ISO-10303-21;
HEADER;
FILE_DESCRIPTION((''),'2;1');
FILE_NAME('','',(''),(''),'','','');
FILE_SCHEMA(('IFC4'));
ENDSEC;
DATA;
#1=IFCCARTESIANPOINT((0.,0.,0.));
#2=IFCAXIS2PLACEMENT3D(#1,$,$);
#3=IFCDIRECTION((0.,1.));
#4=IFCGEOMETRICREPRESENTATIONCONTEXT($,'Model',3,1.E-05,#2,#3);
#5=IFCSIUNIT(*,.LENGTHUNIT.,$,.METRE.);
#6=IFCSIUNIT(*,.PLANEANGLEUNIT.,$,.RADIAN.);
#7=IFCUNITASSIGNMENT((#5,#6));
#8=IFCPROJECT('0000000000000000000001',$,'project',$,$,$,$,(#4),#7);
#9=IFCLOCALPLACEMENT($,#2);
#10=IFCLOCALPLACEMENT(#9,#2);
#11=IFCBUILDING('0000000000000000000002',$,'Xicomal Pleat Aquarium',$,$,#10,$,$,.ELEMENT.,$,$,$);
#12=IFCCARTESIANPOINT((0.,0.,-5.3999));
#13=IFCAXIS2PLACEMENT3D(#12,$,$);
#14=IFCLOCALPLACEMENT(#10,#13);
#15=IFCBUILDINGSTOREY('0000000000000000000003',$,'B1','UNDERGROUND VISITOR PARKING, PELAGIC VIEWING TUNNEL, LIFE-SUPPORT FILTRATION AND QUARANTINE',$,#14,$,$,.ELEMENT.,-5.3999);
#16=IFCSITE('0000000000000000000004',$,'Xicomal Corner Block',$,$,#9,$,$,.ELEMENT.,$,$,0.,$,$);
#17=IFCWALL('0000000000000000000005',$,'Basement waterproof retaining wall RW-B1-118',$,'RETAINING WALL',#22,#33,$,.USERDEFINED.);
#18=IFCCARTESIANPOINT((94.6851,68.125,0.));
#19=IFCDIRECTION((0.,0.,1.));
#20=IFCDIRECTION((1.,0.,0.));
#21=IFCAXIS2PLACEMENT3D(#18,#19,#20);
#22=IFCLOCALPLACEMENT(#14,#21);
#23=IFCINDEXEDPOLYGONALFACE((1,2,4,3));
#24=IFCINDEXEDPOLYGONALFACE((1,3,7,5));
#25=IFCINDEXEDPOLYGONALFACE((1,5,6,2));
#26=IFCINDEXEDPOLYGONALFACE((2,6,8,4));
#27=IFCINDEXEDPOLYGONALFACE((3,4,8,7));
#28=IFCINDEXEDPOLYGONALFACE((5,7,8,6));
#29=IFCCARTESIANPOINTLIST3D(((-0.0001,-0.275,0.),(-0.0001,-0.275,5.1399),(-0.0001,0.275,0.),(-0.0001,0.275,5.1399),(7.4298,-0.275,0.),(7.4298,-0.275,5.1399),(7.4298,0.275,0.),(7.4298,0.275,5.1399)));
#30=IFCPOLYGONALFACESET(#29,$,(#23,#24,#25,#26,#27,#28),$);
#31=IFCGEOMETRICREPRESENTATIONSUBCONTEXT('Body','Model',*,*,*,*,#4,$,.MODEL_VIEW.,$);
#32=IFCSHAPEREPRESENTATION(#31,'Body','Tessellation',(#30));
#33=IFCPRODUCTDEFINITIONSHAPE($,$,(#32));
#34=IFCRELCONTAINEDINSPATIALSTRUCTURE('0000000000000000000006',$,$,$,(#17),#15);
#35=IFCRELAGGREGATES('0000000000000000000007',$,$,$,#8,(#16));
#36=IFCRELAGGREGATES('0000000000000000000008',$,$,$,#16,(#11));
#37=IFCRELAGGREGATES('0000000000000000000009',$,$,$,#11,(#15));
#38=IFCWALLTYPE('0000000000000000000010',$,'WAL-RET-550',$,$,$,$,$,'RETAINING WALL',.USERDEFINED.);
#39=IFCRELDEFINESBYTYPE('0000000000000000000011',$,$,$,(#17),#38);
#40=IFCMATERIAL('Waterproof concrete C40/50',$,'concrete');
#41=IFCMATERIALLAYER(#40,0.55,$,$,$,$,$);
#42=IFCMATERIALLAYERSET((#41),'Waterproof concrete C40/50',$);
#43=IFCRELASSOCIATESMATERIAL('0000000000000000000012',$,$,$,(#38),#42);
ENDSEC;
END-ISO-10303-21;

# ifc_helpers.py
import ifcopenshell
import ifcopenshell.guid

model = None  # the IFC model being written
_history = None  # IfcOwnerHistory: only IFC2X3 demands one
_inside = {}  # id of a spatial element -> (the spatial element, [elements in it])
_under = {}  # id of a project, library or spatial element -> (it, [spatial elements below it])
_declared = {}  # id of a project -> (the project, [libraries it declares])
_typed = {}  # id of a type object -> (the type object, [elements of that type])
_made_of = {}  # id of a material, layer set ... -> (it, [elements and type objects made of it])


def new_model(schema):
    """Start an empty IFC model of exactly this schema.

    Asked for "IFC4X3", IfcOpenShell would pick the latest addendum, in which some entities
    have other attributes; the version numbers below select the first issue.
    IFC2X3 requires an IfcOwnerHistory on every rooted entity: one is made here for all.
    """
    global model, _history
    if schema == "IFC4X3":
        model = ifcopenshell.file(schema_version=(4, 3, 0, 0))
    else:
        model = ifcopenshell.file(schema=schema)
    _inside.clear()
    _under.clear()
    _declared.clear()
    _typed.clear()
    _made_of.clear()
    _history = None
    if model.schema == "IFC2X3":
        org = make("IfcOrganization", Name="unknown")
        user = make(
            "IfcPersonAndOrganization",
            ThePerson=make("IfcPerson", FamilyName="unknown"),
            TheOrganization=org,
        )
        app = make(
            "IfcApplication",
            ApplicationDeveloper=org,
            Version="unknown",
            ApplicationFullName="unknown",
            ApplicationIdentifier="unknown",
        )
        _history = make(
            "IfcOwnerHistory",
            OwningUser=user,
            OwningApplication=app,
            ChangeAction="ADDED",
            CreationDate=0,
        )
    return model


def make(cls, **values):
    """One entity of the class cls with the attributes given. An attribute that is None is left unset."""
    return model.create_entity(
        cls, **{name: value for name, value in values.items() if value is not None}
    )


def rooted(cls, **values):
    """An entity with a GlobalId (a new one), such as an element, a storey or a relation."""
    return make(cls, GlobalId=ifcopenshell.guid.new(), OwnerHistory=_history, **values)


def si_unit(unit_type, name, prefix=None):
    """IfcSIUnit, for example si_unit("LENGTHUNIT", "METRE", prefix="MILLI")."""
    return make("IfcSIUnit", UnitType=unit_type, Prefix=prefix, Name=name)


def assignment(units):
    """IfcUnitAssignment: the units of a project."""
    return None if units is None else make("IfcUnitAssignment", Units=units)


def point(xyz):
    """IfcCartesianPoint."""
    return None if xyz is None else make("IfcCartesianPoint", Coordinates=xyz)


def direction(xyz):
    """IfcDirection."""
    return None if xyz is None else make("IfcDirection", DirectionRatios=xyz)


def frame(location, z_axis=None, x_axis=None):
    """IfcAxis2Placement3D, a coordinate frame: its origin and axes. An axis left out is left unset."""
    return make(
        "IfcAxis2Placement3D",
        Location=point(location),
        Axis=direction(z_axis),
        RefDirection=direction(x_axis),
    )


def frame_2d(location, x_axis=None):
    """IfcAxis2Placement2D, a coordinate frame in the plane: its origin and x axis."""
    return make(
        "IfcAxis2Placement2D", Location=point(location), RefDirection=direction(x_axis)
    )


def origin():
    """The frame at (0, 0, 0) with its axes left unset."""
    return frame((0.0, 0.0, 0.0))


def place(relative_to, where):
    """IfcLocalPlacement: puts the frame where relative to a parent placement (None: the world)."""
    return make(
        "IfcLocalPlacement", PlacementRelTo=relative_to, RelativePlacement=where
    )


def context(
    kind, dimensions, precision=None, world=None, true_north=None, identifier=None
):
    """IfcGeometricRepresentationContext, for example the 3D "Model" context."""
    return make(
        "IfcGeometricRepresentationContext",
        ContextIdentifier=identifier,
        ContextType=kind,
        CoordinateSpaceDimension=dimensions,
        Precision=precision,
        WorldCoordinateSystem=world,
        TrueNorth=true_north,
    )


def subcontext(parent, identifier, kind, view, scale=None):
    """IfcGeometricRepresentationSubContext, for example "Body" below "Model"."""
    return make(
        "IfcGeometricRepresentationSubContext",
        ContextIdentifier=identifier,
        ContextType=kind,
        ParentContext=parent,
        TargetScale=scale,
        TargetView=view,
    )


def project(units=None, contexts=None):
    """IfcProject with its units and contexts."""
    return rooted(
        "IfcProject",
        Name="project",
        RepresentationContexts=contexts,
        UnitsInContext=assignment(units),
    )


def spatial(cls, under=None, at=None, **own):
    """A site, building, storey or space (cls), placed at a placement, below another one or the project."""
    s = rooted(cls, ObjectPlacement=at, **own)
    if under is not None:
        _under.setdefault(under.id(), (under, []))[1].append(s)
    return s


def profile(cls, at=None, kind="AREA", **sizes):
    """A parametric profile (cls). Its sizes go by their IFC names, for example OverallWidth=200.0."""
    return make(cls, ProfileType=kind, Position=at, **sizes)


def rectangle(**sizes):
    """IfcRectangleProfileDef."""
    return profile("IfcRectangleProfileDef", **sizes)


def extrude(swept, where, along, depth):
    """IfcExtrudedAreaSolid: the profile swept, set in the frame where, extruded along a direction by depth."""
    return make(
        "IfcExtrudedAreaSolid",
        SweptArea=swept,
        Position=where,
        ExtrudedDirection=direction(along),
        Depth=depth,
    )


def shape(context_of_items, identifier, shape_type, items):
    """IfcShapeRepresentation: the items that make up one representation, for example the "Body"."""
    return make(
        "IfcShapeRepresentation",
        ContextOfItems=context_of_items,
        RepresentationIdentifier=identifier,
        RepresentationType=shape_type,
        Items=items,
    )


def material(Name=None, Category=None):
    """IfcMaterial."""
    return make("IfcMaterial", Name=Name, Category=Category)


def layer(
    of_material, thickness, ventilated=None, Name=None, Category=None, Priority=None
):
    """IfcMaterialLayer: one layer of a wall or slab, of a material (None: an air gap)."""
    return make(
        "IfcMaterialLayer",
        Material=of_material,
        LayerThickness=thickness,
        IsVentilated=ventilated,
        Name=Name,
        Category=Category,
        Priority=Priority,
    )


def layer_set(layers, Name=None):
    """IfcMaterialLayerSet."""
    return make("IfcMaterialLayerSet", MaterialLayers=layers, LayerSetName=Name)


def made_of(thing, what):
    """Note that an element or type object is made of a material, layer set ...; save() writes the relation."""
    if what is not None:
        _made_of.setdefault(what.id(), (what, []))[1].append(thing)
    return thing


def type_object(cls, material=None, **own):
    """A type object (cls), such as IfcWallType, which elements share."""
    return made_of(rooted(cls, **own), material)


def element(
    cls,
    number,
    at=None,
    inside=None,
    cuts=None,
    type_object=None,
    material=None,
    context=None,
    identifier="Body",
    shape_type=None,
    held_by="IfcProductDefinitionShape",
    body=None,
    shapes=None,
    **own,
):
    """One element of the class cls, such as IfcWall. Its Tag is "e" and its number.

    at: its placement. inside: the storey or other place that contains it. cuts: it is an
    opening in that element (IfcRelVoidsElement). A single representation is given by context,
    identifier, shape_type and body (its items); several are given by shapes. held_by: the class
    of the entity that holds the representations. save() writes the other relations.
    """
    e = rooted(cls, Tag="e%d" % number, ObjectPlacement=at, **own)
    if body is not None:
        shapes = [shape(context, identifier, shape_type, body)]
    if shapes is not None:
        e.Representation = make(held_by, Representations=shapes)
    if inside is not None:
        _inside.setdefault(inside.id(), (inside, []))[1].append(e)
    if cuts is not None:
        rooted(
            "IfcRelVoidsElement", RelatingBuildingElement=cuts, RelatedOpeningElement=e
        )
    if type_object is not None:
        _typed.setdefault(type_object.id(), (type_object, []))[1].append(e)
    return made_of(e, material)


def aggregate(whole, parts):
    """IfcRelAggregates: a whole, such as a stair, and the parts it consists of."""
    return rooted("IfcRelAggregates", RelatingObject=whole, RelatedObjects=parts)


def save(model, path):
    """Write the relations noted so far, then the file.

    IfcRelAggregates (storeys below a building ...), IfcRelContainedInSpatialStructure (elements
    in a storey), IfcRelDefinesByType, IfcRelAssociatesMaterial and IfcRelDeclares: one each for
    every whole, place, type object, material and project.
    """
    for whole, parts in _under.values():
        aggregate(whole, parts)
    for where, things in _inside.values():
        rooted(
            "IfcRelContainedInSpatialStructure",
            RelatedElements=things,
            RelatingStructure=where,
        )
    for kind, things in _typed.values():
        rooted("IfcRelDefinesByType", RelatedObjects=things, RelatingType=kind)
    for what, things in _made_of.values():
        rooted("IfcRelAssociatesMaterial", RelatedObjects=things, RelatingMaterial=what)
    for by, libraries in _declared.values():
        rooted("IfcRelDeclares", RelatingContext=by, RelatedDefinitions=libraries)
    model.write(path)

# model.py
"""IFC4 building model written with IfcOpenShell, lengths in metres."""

from ifc_helpers import new_model, si_unit, direction, frame, frame_2d, origin, place, context, subcontext, project, spatial, rectangle, extrude, material, layer, layer_set, type_object, element, save


model = new_model("IFC4")

# Units and contexts
model_context = context("Model", 3, precision=1e-05, world=origin(), true_north=direction((0.0, 1.0)))
body_context = subcontext(model_context, "Body", "Model", "MODEL_VIEW")
ifc_project = project(units=[si_unit("LENGTHUNIT", "METRE"), si_unit("PLANEANGLEUNIT", "RADIAN")], contexts=[model_context])

# Site, building, storey
site_placement = place(None, origin())
site = spatial("IfcSite", under=ifc_project, at=site_placement, Name="Xicomal Corner Block", CompositionType="ELEMENT", RefElevation=0.0)
building_placement = place(site_placement, origin())
building = spatial("IfcBuilding", under=site, at=building_placement, Name="Xicomal Pleat Aquarium", CompositionType="ELEMENT")
storey_placement = place(building_placement, frame((0.0, 0.0, -5.3999)))
storey = spatial("IfcBuildingStorey", under=building, at=storey_placement, Name="B1", Description="UNDERGROUND VISITOR PARKING, PELAGIC VIEWING TUNNEL, LIFE-SUPPORT FILTRATION AND QUARANTINE", CompositionType="ELEMENT", Elevation=-5.3999)

# Wall
ifc_material_1 = material(Name="Waterproof concrete C40/50", Category="concrete")
ifc_layer_1 = layer(ifc_material_1, 0.55)
ifc_layer_set_1 = layer_set([ifc_layer_1], Name="Waterproof concrete C40/50")
wall_type_1 = type_object("IfcWallType", Name="WAL-RET-550", ElementType="RETAINING WALL", PredefinedType="USERDEFINED", material=ifc_layer_set_1)
wall_1_placement = place(storey_placement, frame((94.6851, 68.125, 0.0), z_axis=(0.0, 0.0, 1.0), x_axis=(1.0, 0.0, 0.0)))
element("IfcWall", 1, at=wall_1_placement, inside=storey, type_object=wall_type_1, Name="Basement waterproof retaining wall RW-B1-118", ObjectType="RETAINING WALL", PredefinedType="USERDEFINED", context=body_context, shape_type="SweptSolid", body=[
    extrude(rectangle(XDim=7.4299, YDim=0.55, at=frame_2d((3.7148, 0.0))), origin(), (0.0, 0.0, 1.0), 5.1399),
])

save(model, "model.ifc")
